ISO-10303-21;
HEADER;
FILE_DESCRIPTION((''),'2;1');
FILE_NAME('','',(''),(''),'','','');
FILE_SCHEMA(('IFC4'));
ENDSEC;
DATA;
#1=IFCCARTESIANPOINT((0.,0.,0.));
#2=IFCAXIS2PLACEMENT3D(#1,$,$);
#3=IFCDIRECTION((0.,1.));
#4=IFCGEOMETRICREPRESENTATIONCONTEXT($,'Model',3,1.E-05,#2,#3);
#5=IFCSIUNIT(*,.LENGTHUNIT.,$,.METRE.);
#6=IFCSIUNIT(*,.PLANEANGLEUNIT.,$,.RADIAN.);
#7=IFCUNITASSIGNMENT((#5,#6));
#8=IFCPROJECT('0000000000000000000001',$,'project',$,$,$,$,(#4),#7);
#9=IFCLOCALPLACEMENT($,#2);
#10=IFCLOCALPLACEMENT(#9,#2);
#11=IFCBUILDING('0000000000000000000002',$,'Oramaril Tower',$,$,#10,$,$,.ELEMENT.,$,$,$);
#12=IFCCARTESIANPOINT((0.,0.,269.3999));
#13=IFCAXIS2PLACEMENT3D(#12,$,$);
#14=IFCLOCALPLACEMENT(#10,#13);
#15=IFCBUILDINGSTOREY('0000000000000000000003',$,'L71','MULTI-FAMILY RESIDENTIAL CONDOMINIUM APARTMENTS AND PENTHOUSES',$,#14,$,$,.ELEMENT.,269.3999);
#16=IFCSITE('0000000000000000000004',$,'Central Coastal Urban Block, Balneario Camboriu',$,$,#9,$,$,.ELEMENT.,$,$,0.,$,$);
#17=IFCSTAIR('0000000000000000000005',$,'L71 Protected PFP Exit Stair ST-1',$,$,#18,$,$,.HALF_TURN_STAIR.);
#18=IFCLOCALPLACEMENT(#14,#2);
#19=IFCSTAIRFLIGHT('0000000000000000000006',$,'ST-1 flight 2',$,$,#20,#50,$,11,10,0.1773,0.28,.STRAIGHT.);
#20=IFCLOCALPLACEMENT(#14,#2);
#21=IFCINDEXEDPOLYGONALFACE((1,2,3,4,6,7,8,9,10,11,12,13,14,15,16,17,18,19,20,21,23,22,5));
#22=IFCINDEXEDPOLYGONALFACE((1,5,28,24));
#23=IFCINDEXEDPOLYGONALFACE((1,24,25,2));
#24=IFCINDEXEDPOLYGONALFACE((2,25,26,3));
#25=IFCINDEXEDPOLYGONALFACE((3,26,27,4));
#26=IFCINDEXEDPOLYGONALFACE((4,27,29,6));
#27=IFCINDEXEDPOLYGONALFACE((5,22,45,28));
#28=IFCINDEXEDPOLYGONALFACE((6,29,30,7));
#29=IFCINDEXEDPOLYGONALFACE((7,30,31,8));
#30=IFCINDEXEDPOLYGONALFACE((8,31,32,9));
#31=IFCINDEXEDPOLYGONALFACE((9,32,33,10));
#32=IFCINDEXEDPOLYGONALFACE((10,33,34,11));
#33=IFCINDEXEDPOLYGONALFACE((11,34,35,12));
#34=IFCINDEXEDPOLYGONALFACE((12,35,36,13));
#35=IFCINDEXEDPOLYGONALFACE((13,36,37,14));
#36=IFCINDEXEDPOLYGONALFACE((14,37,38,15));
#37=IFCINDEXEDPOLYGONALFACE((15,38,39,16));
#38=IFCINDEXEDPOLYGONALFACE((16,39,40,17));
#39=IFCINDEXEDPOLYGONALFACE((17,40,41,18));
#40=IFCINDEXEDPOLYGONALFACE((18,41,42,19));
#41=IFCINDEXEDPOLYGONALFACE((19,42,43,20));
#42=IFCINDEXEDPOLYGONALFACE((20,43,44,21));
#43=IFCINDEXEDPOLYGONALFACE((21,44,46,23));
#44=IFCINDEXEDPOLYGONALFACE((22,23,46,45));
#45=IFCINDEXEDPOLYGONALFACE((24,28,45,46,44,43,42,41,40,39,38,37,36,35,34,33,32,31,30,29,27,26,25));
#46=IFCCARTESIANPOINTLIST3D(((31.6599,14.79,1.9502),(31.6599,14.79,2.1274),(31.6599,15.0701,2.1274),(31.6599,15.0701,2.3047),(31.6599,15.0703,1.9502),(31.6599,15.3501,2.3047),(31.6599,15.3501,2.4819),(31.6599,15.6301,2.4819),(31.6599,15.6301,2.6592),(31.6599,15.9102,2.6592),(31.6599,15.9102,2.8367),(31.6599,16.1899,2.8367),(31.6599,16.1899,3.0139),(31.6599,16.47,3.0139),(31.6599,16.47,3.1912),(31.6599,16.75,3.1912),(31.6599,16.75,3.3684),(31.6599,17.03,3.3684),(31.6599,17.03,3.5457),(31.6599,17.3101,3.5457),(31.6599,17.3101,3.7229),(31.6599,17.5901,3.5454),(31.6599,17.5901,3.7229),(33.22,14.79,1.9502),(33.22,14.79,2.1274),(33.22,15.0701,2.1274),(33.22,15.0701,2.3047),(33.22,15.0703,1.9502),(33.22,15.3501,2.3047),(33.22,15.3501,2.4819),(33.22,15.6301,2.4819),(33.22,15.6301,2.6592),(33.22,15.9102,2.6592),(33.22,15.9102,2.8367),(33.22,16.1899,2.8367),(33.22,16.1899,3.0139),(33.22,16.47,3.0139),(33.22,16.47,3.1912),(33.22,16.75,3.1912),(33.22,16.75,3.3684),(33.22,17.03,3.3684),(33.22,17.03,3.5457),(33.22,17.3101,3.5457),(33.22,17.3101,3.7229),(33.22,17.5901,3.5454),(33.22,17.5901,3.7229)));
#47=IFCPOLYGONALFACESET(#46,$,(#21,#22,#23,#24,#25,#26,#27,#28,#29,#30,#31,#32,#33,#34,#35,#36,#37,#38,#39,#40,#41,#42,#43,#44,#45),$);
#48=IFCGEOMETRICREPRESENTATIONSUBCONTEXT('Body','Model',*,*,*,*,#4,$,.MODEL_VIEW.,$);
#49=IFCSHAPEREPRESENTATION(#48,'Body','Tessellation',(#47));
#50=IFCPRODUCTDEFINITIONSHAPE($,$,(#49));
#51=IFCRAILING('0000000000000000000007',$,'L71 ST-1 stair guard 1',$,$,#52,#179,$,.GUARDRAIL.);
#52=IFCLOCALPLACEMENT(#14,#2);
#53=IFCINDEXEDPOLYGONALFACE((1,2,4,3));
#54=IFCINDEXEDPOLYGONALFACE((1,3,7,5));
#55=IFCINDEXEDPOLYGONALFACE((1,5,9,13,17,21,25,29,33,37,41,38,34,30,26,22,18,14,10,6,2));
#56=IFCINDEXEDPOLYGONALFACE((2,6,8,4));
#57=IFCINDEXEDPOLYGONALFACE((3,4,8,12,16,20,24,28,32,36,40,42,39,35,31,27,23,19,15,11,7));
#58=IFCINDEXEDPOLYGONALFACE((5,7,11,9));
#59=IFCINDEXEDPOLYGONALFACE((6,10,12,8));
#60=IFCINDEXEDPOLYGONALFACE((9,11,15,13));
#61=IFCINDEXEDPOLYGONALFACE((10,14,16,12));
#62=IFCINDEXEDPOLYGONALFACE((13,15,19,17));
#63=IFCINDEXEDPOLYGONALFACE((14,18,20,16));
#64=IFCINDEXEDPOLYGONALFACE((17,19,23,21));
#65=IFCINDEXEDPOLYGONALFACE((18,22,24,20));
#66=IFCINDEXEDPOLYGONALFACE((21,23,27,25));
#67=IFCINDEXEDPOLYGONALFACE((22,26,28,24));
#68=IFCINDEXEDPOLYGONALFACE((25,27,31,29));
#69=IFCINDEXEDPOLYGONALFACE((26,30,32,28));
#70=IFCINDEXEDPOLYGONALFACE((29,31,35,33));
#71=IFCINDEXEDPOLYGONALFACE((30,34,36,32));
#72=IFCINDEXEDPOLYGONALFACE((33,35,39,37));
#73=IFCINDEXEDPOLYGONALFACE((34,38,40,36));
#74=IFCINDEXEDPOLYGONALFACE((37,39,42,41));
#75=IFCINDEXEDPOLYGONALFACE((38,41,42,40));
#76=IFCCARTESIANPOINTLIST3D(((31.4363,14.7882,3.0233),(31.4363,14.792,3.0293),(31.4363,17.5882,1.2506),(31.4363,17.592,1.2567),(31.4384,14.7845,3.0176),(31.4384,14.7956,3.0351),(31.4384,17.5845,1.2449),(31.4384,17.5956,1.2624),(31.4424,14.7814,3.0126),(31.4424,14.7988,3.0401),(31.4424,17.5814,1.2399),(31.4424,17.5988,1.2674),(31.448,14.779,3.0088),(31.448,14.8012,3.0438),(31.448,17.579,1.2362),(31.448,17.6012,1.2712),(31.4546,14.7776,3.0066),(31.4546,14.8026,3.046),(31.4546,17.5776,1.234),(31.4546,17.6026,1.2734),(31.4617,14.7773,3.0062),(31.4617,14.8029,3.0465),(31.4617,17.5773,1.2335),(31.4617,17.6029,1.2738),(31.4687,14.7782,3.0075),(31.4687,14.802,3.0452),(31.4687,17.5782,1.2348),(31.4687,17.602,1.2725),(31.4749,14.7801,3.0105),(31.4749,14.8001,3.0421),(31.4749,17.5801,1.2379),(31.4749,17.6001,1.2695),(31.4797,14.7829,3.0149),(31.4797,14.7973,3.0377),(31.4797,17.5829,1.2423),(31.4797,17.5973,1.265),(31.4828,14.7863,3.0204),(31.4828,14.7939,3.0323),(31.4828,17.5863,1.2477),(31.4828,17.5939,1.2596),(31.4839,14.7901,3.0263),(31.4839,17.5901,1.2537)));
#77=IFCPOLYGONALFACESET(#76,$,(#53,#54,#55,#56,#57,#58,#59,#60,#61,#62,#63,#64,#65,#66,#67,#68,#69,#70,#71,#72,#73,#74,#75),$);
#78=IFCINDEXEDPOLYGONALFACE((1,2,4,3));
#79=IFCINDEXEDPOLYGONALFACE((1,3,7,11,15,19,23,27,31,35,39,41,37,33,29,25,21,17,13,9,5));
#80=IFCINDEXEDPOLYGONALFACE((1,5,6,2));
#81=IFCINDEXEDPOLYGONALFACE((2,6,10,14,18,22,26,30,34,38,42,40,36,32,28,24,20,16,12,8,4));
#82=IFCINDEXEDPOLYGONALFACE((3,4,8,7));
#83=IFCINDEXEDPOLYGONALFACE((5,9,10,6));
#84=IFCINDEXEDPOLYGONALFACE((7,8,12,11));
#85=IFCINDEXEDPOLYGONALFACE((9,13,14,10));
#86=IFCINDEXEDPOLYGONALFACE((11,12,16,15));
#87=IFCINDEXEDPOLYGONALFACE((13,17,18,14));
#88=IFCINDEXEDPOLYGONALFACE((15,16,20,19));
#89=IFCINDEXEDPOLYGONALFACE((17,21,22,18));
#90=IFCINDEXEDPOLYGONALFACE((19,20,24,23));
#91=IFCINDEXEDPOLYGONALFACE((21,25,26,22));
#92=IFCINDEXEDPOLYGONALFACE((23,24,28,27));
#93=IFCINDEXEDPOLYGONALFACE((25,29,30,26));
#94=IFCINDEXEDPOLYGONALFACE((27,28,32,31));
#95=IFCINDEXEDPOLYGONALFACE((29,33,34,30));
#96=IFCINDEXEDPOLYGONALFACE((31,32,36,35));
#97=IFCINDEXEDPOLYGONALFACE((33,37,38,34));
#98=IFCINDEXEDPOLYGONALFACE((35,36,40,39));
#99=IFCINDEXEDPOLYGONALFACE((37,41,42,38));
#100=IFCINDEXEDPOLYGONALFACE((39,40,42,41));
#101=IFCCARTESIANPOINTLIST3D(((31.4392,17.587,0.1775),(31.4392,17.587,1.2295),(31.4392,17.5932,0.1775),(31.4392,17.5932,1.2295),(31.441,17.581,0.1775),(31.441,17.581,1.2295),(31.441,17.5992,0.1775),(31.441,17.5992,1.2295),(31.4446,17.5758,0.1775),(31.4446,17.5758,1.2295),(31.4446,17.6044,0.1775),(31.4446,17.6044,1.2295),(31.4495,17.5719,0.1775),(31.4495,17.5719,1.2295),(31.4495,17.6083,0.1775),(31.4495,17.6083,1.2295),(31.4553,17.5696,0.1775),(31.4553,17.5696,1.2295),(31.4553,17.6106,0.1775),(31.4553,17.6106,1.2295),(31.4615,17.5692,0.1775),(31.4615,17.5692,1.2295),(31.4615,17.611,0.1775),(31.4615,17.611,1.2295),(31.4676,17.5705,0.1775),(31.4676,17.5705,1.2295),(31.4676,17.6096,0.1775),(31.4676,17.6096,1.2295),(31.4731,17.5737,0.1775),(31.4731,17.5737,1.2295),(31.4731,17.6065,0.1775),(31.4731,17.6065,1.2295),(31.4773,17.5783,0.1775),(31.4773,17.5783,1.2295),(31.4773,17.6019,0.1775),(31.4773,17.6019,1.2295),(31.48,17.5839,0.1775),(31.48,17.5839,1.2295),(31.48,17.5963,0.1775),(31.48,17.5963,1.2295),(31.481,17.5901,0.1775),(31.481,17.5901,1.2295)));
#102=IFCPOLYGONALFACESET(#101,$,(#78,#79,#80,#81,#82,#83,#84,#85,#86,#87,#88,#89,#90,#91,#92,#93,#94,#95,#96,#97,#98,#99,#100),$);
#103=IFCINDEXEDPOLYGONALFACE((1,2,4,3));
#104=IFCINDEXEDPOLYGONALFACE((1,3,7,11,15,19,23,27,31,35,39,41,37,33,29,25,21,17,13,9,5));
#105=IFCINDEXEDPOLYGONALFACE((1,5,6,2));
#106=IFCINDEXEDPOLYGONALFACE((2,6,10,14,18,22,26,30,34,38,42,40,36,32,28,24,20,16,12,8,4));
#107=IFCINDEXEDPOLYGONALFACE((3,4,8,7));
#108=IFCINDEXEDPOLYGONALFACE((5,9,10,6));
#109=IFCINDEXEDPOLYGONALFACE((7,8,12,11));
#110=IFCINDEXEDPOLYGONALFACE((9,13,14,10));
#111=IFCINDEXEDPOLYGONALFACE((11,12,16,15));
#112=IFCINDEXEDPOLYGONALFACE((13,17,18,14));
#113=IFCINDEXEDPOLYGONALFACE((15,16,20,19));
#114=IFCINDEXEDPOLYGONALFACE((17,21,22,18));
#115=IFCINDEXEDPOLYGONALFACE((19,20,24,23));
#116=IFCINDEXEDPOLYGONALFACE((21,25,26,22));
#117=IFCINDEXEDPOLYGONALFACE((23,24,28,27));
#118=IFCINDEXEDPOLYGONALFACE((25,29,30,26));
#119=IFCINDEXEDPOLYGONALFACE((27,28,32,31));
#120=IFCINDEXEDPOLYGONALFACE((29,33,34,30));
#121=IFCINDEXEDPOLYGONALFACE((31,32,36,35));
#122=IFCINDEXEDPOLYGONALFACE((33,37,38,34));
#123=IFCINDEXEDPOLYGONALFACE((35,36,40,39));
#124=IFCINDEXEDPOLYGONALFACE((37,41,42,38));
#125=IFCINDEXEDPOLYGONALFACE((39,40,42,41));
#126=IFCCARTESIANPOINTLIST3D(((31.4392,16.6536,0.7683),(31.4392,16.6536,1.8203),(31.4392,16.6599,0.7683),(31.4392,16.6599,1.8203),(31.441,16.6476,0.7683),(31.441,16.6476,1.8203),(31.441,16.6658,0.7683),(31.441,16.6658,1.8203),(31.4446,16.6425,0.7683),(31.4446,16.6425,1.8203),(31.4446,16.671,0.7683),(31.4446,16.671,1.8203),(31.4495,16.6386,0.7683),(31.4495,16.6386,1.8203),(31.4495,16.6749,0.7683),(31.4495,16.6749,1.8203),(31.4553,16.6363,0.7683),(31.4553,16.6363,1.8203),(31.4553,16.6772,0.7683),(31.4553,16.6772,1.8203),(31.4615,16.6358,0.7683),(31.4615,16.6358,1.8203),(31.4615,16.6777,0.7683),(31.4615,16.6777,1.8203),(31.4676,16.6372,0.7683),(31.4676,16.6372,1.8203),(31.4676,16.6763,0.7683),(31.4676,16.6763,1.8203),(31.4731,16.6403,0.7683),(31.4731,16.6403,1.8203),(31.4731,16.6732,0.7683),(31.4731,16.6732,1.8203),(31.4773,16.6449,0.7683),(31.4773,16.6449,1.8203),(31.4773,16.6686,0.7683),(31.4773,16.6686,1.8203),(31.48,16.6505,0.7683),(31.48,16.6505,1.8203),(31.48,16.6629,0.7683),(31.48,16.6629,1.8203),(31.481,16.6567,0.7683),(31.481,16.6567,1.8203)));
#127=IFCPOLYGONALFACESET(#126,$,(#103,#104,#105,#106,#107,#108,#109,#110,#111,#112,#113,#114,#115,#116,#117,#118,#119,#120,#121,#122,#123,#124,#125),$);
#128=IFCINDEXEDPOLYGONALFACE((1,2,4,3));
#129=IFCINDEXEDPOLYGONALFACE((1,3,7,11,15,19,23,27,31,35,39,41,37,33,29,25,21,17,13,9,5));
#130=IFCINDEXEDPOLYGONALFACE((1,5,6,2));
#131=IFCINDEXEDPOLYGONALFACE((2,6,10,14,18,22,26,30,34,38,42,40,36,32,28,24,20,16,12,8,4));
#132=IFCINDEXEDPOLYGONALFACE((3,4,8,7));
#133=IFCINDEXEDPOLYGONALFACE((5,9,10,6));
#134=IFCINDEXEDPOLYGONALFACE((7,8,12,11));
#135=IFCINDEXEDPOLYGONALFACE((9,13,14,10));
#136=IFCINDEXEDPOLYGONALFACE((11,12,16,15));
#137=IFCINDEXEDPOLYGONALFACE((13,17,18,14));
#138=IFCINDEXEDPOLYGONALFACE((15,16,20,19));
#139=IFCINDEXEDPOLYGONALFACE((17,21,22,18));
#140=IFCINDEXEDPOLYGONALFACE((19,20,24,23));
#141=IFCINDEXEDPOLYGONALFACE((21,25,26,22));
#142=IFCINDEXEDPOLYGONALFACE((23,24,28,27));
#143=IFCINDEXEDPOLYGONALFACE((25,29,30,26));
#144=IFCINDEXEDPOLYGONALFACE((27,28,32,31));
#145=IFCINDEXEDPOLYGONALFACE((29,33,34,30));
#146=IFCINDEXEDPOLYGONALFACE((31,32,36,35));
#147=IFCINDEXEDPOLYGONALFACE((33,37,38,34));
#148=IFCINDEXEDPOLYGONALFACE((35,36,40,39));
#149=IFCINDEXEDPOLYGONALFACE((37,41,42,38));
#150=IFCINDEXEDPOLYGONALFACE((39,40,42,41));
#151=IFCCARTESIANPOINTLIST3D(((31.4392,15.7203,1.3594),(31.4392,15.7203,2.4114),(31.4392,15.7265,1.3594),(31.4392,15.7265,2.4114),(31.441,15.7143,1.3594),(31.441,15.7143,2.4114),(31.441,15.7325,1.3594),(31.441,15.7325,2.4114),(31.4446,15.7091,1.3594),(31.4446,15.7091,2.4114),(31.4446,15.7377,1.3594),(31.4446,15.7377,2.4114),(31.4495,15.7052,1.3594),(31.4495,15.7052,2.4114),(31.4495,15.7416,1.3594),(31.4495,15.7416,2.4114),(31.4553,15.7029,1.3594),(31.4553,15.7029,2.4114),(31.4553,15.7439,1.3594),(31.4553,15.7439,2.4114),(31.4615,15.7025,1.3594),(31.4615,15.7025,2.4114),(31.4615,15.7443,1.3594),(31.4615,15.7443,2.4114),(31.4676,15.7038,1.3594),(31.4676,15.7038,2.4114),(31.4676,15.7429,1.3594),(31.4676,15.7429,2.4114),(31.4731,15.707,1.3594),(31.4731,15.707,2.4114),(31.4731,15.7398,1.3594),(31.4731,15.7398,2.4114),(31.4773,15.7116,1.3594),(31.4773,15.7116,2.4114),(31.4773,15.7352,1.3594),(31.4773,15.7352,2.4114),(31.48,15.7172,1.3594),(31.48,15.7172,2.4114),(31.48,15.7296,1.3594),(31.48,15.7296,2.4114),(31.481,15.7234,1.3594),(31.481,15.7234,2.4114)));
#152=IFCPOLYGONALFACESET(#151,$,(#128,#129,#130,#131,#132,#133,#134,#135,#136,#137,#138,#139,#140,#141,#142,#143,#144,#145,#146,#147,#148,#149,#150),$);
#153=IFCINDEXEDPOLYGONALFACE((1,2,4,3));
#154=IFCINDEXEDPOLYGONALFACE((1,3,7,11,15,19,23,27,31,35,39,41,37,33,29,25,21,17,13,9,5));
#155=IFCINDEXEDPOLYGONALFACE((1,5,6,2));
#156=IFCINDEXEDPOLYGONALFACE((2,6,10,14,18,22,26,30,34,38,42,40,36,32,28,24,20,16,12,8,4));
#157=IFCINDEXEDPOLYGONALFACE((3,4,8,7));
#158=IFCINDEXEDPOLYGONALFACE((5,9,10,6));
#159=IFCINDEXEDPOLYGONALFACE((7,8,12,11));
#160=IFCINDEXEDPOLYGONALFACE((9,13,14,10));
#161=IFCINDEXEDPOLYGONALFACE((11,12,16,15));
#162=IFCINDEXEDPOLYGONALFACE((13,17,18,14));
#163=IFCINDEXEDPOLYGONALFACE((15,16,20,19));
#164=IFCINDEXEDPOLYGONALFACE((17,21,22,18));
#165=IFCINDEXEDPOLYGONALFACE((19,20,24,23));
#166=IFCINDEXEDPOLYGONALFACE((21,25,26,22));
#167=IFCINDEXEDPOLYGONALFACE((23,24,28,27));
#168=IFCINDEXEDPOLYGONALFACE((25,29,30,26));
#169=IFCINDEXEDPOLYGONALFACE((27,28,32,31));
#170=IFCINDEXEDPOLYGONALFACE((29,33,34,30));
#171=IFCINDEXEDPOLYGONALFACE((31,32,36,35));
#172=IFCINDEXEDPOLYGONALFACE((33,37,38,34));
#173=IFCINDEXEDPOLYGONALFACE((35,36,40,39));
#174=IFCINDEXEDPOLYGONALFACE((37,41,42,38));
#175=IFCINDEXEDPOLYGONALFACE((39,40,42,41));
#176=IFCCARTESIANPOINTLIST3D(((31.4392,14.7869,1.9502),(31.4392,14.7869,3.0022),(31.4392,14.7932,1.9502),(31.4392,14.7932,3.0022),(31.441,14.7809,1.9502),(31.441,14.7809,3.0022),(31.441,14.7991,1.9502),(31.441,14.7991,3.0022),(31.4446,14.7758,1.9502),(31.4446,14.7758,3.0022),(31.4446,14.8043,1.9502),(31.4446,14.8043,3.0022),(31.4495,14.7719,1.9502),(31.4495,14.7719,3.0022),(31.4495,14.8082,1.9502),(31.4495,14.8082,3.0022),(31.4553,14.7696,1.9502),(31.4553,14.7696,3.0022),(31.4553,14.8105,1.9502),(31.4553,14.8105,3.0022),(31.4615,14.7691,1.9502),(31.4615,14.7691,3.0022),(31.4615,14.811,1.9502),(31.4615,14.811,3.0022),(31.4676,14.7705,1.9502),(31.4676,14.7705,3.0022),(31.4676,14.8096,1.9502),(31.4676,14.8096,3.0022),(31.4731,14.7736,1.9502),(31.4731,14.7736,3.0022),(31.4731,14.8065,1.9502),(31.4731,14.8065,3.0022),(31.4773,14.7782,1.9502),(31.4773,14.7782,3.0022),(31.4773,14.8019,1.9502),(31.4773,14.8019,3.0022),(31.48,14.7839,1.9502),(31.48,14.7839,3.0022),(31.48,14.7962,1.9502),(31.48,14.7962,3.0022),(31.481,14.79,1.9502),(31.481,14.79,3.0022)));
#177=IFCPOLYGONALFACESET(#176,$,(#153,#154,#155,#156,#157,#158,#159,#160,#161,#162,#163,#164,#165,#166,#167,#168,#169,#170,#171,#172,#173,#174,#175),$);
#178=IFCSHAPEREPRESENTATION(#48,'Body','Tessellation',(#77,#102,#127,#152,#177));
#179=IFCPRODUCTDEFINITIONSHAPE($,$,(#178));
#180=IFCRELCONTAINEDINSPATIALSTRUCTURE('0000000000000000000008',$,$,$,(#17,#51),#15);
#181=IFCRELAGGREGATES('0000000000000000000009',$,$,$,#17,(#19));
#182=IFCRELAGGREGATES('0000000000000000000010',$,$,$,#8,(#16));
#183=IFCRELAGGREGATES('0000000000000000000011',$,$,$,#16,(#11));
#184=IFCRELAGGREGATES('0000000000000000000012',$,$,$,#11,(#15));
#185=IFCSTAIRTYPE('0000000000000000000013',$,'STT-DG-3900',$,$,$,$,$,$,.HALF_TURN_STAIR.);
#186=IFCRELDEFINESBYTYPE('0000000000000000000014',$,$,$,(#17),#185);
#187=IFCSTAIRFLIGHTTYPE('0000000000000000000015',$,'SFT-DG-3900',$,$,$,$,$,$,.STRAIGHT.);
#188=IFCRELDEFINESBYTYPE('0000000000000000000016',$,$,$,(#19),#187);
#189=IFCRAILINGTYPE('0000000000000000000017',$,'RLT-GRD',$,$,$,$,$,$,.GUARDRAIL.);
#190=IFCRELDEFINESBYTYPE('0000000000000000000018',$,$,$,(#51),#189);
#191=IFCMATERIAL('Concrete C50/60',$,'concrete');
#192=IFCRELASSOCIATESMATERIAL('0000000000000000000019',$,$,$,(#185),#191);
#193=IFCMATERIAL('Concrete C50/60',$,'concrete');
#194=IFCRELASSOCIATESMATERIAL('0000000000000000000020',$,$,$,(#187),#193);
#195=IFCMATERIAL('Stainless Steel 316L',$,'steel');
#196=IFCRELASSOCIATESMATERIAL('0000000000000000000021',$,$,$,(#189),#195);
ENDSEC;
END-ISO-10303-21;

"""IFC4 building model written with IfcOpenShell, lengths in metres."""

from ifc_helpers import new_model, si_unit, direction, frame, origin, origin_2d, place, context, subcontext, project, spatial, polyline, circle, outline, extrude, material, type_object, element, aggregate, save


model = new_model("IFC4")

# Units and contexts
model_context = context("Model", 3, precision=1e-05, world=origin(), true_north=direction((0.0, 1.0)))
body_context = subcontext(model_context, "Body", "Model", "MODEL_VIEW")
ifc_project = project(units=[si_unit("LENGTHUNIT", "METRE"), si_unit("PLANEANGLEUNIT", "RADIAN")], contexts=[model_context])

# Site, building, storey
site_placement = place(None, origin())
site = spatial("IfcSite", under=ifc_project, at=site_placement, Name="Central Coastal Urban Block, Balneario Camboriu", CompositionType="ELEMENT", RefElevation=0.0)
building_placement = place(site_placement, origin())
building = spatial("IfcBuilding", under=site, at=building_placement, Name="Oramaril Tower", CompositionType="ELEMENT")
storey_placement = place(building_placement, frame((0.0, 0.0, 269.3999)))
storey = spatial("IfcBuildingStorey", under=building, at=storey_placement, Name="L71", Description="MULTI-FAMILY RESIDENTIAL CONDOMINIUM APARTMENTS AND PENTHOUSES", CompositionType="ELEMENT", Elevation=269.3999)

# Stair, stair flight
ifc_material_1 = material(Name="Concrete C50/60", Category="concrete")
stair_type = type_object("IfcStairType", Name="STT-DG-3900", PredefinedType="HALF_TURN_STAIR", material=ifc_material_1)
stair_placement = place(storey_placement, origin())
stair = element("IfcStair", 1, at=stair_placement, inside=storey, type_object=stair_type, Name="L71 Protected PFP Exit Stair ST-1", PredefinedType="HALF_TURN_STAIR")
ifc_material_2 = material(Name="Concrete C50/60", Category="concrete")
stair_flight_type = type_object("IfcStairFlightType", Name="SFT-DG-3900", PredefinedType="STRAIGHT", material=ifc_material_2)
stair_flight_1_placement = place(storey_placement, frame((32.4399, 14.79, 1.9502), z_axis=(0.0, 0.0, 1.0), x_axis=(0.0, 1.0, 0.0)))
stair_flight_1 = element("IfcStairFlight", 2, at=stair_flight_1_placement, type_object=stair_flight_type, Name="ST-1 flight 2", NumberOfRisers=11, NumberOfTreads=10, PredefinedType="STRAIGHT", RiserHeight=0.1773, TreadLength=0.28, context=body_context, shape_type="SweptSolid", body=[
    extrude(outline(polyline([(0.0, 0.0), (0.0, 0.1772), (0.28, 0.1772), (0.28, 0.3545), (0.5601, 0.3545), (0.5601, 0.5317), (0.8401, 0.5317), (0.8401, 0.709), (1.1201, 0.709), (1.1201, 0.8865), (1.3999, 0.8865), (1.3999, 1.0637), (1.6799, 1.0637), (1.6799, 1.241), (1.96, 1.241), (1.96, 1.4182), (2.24, 1.4182), (2.24, 1.5955), (2.52, 1.5955), (2.52, 1.7727), (2.8, 1.7727), (2.8, 1.95), (2.8, 1.5952), (0.2803, 0.0), (0.0, 0.0)])), frame((0.0, 0.78, 0.0), z_axis=(0.0, -1.0, 0.0), x_axis=(1.0, 0.0, 0.0)), (0.0, 0.0, 1.0), 1.5601),
])
aggregate(stair, [stair_flight_1])

# Railing
ifc_material_3 = material(Name="Stainless Steel 316L", Category="steel")
railing_type_1 = type_object("IfcRailingType", Name="RLT-GRD", PredefinedType="GUARDRAIL", material=ifc_material_3)
railing_1_placement = place(storey_placement, frame((31.46, 17.5901, 0.1775)))
element("IfcRailing", 3, at=railing_1_placement, inside=storey, type_object=railing_type_1, Name="L71 ST-1 stair guard 1", PredefinedType="GUARDRAIL", context=body_context, shape_type="SweptSolid", body=[
    extrude(circle(Radius=0.0239, at=origin_2d()), frame((0.0, 0.0, 1.0762), z_axis=(0.0, -0.844909, 0.53491), x_axis=(1.0, 0.0, 0.0)), (0.0, 0.0, 1.0), 3.314),
    extrude(circle(Radius=0.021, at=origin_2d()), origin(), (0.0, 0.0, 1.0), 1.052),
    extrude(circle(Radius=0.021, at=origin_2d()), frame((0.0, -0.9333, 0.5908)), (0.0, 0.0, 1.0), 1.052),
    extrude(circle(Radius=0.021, at=origin_2d()), frame((0.0, -1.8667, 1.1819)), (0.0, 0.0, 1.0), 1.052),
    extrude(circle(Radius=0.021, at=origin_2d()), frame((0.0, -2.8, 1.7727)), (0.0, 0.0, 1.0), 1.052),
])

save(model, "model.ifc")
